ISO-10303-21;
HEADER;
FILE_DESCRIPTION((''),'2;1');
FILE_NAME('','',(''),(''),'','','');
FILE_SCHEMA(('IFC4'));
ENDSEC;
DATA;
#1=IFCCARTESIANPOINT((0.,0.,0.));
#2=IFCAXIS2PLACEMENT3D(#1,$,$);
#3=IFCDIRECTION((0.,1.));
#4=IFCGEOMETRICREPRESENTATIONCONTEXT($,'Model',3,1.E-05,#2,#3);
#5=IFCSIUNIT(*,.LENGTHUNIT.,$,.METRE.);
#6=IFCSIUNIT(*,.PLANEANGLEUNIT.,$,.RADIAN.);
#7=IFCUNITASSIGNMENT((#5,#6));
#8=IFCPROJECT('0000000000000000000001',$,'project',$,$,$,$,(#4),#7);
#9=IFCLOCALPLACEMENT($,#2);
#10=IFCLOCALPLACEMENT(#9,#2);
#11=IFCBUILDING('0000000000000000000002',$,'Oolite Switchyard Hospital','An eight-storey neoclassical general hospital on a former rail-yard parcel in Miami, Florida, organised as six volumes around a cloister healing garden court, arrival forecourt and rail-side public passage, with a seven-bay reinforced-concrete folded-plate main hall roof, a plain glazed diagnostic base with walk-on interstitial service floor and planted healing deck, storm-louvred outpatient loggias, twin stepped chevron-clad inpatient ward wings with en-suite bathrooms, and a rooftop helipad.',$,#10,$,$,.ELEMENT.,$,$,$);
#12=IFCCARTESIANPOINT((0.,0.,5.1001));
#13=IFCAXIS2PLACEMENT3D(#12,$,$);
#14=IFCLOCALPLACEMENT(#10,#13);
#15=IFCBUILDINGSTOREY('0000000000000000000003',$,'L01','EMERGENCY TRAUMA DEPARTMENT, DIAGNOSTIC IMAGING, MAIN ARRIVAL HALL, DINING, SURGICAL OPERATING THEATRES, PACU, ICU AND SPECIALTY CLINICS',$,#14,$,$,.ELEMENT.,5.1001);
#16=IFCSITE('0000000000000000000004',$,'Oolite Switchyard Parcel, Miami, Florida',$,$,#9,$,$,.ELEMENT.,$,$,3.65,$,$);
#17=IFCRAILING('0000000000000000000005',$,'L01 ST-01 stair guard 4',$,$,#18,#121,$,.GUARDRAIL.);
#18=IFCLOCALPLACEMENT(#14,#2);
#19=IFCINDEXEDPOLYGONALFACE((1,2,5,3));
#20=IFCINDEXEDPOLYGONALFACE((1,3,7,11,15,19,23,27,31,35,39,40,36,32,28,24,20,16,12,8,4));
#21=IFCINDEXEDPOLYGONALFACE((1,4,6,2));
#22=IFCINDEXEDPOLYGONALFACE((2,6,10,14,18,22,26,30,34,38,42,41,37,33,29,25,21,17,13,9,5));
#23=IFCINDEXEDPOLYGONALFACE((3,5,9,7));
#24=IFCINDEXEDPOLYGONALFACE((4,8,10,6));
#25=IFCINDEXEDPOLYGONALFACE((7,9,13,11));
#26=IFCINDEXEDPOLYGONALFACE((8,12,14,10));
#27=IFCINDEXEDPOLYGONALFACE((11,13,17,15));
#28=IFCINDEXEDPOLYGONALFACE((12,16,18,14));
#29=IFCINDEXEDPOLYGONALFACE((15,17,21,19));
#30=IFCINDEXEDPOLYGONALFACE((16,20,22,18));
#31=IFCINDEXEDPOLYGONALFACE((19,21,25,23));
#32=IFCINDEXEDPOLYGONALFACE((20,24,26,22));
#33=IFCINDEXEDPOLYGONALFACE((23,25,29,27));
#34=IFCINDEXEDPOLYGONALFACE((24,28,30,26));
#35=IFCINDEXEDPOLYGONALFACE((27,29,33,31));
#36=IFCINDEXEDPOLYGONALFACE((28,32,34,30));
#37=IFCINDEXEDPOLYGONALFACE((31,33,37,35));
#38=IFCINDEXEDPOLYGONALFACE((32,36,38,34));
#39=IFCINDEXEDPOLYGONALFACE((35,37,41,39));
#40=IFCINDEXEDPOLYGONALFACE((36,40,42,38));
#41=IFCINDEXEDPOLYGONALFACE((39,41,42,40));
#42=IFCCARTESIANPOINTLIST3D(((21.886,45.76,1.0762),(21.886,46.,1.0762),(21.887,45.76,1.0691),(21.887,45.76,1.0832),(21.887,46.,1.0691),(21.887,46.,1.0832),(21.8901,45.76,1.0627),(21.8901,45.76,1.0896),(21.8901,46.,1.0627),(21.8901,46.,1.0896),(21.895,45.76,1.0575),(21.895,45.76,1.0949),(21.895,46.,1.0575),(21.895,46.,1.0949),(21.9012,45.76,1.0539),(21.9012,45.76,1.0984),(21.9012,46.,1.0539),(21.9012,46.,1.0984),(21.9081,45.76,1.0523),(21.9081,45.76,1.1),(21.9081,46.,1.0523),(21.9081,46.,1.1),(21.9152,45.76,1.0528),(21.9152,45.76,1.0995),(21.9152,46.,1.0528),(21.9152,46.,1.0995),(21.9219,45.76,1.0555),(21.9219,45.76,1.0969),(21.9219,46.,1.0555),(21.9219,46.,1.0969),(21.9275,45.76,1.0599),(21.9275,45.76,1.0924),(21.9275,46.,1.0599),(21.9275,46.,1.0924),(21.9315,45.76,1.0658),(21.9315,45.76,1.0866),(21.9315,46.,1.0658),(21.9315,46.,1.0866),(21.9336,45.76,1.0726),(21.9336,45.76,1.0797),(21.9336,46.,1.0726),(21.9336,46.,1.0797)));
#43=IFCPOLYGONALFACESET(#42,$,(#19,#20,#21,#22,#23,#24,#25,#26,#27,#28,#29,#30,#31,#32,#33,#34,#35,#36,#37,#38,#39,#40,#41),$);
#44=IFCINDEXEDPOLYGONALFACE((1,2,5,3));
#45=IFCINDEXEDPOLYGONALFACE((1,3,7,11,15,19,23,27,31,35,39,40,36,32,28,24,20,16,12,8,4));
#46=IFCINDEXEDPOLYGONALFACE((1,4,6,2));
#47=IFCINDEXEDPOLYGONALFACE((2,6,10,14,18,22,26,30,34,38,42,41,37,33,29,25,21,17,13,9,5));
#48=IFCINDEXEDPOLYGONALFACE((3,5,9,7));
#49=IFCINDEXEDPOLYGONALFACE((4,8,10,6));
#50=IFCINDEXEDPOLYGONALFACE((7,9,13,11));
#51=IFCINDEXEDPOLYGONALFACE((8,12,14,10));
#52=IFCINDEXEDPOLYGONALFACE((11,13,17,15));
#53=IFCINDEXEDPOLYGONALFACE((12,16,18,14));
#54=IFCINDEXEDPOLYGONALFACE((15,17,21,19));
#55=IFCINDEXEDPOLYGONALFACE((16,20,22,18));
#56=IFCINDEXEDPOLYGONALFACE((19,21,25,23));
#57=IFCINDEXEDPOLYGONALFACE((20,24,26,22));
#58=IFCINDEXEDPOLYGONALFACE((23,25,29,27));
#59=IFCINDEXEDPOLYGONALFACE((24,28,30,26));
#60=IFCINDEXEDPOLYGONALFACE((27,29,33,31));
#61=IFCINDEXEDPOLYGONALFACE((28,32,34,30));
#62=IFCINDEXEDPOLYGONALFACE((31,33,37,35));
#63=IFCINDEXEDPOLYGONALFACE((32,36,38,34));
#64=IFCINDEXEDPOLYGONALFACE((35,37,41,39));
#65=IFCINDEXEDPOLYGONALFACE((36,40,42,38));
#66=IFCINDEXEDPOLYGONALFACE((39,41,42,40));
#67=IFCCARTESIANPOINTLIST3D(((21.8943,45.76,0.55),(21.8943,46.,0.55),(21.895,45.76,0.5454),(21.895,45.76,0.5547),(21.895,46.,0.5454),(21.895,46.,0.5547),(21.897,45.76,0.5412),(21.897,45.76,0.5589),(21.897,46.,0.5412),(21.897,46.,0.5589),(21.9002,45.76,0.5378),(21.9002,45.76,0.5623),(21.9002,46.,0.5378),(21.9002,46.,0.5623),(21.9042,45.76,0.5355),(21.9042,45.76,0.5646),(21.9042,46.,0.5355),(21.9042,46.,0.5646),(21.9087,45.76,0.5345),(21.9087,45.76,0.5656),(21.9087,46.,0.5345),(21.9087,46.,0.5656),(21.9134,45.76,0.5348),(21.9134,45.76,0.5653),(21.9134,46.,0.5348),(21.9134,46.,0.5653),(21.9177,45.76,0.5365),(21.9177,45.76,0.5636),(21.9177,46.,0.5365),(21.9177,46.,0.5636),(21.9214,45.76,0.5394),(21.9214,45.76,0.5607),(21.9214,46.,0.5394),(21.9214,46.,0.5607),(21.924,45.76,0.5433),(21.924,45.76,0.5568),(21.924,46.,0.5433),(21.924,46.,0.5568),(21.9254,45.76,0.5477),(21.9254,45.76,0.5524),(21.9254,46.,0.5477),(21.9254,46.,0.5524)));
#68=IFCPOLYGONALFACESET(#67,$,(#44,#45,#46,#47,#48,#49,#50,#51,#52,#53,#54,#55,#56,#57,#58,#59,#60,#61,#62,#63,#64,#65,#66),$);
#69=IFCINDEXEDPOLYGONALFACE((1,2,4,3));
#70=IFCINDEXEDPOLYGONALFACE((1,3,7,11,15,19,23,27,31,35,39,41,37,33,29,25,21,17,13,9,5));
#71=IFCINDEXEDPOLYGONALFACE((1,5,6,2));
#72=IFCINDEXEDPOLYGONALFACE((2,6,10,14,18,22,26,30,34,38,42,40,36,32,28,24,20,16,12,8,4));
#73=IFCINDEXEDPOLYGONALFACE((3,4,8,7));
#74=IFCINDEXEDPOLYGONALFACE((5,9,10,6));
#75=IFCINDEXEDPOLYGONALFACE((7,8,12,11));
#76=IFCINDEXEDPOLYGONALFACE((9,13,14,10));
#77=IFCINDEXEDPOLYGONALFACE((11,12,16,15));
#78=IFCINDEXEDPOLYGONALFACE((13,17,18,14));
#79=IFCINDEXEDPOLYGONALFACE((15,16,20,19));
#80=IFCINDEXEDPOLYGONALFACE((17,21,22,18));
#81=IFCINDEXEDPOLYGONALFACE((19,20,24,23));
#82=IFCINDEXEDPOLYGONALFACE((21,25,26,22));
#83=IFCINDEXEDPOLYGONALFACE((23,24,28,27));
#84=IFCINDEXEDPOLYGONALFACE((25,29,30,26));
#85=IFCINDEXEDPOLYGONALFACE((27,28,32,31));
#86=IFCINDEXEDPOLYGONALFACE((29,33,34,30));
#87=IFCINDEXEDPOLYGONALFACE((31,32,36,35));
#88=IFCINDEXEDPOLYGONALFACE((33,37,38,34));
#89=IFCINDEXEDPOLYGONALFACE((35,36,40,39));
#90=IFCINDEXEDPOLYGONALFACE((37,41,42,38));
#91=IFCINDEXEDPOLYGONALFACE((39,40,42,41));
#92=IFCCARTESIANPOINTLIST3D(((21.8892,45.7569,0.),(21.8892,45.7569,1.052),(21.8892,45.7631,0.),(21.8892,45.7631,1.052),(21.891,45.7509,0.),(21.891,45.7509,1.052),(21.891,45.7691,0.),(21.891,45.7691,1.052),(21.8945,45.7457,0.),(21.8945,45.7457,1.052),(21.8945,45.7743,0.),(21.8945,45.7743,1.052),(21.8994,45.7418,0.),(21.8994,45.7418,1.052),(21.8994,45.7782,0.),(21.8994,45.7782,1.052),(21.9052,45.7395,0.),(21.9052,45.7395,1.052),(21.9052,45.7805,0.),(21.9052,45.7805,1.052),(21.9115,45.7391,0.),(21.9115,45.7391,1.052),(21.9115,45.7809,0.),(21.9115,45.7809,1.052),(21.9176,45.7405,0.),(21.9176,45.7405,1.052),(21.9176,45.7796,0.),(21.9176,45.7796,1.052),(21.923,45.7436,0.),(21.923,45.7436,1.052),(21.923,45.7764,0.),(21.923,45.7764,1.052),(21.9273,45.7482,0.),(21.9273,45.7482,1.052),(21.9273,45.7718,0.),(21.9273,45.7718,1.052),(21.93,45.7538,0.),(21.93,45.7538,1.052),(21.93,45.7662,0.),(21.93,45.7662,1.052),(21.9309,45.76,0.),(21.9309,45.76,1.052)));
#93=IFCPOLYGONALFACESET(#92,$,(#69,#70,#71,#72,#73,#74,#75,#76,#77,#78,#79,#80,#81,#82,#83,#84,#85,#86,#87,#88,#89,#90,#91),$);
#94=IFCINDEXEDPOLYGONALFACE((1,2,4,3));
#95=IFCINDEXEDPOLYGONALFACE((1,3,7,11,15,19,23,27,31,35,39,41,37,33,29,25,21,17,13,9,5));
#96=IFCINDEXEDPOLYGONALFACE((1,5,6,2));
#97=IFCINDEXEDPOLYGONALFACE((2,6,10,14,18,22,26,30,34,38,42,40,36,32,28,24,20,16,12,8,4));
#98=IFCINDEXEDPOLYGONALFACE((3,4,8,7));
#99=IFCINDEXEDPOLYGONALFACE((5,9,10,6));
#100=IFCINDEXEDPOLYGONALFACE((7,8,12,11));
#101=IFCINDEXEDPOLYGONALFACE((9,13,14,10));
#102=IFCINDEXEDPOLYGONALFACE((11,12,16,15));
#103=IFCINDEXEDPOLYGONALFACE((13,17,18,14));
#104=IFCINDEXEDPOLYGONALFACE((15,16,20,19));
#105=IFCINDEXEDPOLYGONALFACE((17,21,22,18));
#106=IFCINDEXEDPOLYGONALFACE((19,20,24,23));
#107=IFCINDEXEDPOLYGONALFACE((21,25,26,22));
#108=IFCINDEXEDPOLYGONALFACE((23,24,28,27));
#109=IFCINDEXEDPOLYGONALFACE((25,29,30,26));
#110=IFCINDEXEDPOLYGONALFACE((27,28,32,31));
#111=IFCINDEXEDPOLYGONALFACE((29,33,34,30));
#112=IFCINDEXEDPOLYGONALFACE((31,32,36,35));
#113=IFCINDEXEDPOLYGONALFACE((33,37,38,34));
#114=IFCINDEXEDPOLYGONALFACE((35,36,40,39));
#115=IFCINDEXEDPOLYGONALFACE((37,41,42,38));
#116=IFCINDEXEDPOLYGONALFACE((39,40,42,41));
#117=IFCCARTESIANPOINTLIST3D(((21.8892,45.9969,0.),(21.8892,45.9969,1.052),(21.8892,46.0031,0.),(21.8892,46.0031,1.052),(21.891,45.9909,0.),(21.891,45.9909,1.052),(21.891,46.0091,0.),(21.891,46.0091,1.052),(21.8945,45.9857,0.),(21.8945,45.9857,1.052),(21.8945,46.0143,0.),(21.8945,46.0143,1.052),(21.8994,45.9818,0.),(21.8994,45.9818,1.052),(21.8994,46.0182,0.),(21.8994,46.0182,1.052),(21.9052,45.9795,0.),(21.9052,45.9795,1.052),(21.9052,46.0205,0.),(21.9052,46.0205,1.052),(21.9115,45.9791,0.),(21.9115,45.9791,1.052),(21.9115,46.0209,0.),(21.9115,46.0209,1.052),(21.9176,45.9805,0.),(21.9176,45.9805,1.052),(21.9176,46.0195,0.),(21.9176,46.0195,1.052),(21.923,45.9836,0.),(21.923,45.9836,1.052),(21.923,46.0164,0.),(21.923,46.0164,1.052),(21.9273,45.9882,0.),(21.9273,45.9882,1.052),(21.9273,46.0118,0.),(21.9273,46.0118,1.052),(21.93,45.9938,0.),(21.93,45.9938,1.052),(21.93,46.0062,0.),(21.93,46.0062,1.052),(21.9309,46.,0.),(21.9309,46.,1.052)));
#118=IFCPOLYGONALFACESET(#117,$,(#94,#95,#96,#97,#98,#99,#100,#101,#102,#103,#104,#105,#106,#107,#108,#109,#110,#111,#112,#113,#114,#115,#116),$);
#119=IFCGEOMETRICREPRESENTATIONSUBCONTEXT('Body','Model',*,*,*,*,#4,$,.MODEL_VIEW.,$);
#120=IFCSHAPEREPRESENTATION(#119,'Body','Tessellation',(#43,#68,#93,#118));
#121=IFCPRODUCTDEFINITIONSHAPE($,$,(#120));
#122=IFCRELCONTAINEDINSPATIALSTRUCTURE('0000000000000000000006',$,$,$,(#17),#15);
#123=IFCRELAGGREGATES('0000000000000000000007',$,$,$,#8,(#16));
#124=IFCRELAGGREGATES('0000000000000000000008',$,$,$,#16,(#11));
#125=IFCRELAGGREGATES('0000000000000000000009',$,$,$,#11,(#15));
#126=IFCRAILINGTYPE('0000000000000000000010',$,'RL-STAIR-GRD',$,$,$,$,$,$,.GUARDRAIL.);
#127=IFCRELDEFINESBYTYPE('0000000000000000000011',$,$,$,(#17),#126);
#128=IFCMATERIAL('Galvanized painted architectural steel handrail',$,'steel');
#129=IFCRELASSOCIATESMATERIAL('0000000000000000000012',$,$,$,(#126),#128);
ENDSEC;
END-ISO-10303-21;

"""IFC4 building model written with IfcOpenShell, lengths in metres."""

from ifc_helpers import new_model, si_unit, direction, frame, origin, origin_2d, place, context, subcontext, project, spatial, circle, extrude, material, type_object, element, save


model = new_model("IFC4")

# Units and contexts
model_context = context("Model", 3, precision=1e-05, world=origin(), true_north=direction((0.0, 1.0)))
body_context = subcontext(model_context, "Body", "Model", "MODEL_VIEW")
ifc_project = project(units=[si_unit("LENGTHUNIT", "METRE"), si_unit("PLANEANGLEUNIT", "RADIAN")], contexts=[model_context])

# Site, building, storey
site_placement = place(None, origin())
site = spatial("IfcSite", under=ifc_project, at=site_placement, Name="Oolite Switchyard Parcel, Miami, Florida", CompositionType="ELEMENT", RefElevation=3.65)
building_placement = place(site_placement, origin())
building = spatial("IfcBuilding", under=site, at=building_placement, Name="Oolite Switchyard Hospital", Description="An eight-storey neoclassical general hospital on a former rail-yard parcel in Miami, Florida, organised as six volumes around a cloister healing garden court, arrival forecourt and rail-side public passage, with a seven-bay reinforced-concrete folded-plate main hall roof, a plain glazed diagnostic base with walk-on interstitial service floor and planted healing deck, storm-louvred outpatient loggias, twin stepped chevron-clad inpatient ward wings with en-suite bathrooms, and a rooftop helipad.", CompositionType="ELEMENT")
storey_placement = place(building_placement, frame((0.0, 0.0, 5.1001)))
storey = spatial("IfcBuildingStorey", under=building, at=storey_placement, Name="L01", Description="EMERGENCY TRAUMA DEPARTMENT, DIAGNOSTIC IMAGING, MAIN ARRIVAL HALL, DINING, SURGICAL OPERATING THEATRES, PACU, ICU AND SPECIALTY CLINICS", CompositionType="ELEMENT", Elevation=5.1001)

# Railing
ifc_material_1 = material(Name="Galvanized painted architectural steel handrail", Category="steel")
railing_type_1 = type_object("IfcRailingType", Name="RL-STAIR-GRD", PredefinedType="GUARDRAIL", material=ifc_material_1)
railing_1_placement = place(storey_placement, frame((21.9099, 45.76, 0.0)))
element("IfcRailing", 1, at=railing_1_placement, inside=storey, type_object=railing_type_1, Name="L01 ST-01 stair guard 4", PredefinedType="GUARDRAIL", context=body_context, shape_type="SweptSolid", body=[
    extrude(circle(Radius=0.0239, at=origin_2d()), frame((0.0, 0.0, 1.0762), z_axis=(0.0, 1.0, 0.0), x_axis=(-1.0, 0.0, 0.0)), (0.0, 0.0, 1.0), 0.24),
    extrude(circle(Radius=0.0156, at=origin_2d()), frame((0.0, 0.0, 0.55), z_axis=(0.0, 1.0, 0.0), x_axis=(-1.0, 0.0, 0.0)), (0.0, 0.0, 1.0), 0.24),
    extrude(circle(Radius=0.021, at=origin_2d()), origin(), (0.0, 0.0, 1.0), 1.052),
    extrude(circle(Radius=0.021, at=origin_2d()), frame((0.0, 0.24, 0.0)), (0.0, 0.0, 1.0), 1.052),
])

save(model, "model.ifc")
